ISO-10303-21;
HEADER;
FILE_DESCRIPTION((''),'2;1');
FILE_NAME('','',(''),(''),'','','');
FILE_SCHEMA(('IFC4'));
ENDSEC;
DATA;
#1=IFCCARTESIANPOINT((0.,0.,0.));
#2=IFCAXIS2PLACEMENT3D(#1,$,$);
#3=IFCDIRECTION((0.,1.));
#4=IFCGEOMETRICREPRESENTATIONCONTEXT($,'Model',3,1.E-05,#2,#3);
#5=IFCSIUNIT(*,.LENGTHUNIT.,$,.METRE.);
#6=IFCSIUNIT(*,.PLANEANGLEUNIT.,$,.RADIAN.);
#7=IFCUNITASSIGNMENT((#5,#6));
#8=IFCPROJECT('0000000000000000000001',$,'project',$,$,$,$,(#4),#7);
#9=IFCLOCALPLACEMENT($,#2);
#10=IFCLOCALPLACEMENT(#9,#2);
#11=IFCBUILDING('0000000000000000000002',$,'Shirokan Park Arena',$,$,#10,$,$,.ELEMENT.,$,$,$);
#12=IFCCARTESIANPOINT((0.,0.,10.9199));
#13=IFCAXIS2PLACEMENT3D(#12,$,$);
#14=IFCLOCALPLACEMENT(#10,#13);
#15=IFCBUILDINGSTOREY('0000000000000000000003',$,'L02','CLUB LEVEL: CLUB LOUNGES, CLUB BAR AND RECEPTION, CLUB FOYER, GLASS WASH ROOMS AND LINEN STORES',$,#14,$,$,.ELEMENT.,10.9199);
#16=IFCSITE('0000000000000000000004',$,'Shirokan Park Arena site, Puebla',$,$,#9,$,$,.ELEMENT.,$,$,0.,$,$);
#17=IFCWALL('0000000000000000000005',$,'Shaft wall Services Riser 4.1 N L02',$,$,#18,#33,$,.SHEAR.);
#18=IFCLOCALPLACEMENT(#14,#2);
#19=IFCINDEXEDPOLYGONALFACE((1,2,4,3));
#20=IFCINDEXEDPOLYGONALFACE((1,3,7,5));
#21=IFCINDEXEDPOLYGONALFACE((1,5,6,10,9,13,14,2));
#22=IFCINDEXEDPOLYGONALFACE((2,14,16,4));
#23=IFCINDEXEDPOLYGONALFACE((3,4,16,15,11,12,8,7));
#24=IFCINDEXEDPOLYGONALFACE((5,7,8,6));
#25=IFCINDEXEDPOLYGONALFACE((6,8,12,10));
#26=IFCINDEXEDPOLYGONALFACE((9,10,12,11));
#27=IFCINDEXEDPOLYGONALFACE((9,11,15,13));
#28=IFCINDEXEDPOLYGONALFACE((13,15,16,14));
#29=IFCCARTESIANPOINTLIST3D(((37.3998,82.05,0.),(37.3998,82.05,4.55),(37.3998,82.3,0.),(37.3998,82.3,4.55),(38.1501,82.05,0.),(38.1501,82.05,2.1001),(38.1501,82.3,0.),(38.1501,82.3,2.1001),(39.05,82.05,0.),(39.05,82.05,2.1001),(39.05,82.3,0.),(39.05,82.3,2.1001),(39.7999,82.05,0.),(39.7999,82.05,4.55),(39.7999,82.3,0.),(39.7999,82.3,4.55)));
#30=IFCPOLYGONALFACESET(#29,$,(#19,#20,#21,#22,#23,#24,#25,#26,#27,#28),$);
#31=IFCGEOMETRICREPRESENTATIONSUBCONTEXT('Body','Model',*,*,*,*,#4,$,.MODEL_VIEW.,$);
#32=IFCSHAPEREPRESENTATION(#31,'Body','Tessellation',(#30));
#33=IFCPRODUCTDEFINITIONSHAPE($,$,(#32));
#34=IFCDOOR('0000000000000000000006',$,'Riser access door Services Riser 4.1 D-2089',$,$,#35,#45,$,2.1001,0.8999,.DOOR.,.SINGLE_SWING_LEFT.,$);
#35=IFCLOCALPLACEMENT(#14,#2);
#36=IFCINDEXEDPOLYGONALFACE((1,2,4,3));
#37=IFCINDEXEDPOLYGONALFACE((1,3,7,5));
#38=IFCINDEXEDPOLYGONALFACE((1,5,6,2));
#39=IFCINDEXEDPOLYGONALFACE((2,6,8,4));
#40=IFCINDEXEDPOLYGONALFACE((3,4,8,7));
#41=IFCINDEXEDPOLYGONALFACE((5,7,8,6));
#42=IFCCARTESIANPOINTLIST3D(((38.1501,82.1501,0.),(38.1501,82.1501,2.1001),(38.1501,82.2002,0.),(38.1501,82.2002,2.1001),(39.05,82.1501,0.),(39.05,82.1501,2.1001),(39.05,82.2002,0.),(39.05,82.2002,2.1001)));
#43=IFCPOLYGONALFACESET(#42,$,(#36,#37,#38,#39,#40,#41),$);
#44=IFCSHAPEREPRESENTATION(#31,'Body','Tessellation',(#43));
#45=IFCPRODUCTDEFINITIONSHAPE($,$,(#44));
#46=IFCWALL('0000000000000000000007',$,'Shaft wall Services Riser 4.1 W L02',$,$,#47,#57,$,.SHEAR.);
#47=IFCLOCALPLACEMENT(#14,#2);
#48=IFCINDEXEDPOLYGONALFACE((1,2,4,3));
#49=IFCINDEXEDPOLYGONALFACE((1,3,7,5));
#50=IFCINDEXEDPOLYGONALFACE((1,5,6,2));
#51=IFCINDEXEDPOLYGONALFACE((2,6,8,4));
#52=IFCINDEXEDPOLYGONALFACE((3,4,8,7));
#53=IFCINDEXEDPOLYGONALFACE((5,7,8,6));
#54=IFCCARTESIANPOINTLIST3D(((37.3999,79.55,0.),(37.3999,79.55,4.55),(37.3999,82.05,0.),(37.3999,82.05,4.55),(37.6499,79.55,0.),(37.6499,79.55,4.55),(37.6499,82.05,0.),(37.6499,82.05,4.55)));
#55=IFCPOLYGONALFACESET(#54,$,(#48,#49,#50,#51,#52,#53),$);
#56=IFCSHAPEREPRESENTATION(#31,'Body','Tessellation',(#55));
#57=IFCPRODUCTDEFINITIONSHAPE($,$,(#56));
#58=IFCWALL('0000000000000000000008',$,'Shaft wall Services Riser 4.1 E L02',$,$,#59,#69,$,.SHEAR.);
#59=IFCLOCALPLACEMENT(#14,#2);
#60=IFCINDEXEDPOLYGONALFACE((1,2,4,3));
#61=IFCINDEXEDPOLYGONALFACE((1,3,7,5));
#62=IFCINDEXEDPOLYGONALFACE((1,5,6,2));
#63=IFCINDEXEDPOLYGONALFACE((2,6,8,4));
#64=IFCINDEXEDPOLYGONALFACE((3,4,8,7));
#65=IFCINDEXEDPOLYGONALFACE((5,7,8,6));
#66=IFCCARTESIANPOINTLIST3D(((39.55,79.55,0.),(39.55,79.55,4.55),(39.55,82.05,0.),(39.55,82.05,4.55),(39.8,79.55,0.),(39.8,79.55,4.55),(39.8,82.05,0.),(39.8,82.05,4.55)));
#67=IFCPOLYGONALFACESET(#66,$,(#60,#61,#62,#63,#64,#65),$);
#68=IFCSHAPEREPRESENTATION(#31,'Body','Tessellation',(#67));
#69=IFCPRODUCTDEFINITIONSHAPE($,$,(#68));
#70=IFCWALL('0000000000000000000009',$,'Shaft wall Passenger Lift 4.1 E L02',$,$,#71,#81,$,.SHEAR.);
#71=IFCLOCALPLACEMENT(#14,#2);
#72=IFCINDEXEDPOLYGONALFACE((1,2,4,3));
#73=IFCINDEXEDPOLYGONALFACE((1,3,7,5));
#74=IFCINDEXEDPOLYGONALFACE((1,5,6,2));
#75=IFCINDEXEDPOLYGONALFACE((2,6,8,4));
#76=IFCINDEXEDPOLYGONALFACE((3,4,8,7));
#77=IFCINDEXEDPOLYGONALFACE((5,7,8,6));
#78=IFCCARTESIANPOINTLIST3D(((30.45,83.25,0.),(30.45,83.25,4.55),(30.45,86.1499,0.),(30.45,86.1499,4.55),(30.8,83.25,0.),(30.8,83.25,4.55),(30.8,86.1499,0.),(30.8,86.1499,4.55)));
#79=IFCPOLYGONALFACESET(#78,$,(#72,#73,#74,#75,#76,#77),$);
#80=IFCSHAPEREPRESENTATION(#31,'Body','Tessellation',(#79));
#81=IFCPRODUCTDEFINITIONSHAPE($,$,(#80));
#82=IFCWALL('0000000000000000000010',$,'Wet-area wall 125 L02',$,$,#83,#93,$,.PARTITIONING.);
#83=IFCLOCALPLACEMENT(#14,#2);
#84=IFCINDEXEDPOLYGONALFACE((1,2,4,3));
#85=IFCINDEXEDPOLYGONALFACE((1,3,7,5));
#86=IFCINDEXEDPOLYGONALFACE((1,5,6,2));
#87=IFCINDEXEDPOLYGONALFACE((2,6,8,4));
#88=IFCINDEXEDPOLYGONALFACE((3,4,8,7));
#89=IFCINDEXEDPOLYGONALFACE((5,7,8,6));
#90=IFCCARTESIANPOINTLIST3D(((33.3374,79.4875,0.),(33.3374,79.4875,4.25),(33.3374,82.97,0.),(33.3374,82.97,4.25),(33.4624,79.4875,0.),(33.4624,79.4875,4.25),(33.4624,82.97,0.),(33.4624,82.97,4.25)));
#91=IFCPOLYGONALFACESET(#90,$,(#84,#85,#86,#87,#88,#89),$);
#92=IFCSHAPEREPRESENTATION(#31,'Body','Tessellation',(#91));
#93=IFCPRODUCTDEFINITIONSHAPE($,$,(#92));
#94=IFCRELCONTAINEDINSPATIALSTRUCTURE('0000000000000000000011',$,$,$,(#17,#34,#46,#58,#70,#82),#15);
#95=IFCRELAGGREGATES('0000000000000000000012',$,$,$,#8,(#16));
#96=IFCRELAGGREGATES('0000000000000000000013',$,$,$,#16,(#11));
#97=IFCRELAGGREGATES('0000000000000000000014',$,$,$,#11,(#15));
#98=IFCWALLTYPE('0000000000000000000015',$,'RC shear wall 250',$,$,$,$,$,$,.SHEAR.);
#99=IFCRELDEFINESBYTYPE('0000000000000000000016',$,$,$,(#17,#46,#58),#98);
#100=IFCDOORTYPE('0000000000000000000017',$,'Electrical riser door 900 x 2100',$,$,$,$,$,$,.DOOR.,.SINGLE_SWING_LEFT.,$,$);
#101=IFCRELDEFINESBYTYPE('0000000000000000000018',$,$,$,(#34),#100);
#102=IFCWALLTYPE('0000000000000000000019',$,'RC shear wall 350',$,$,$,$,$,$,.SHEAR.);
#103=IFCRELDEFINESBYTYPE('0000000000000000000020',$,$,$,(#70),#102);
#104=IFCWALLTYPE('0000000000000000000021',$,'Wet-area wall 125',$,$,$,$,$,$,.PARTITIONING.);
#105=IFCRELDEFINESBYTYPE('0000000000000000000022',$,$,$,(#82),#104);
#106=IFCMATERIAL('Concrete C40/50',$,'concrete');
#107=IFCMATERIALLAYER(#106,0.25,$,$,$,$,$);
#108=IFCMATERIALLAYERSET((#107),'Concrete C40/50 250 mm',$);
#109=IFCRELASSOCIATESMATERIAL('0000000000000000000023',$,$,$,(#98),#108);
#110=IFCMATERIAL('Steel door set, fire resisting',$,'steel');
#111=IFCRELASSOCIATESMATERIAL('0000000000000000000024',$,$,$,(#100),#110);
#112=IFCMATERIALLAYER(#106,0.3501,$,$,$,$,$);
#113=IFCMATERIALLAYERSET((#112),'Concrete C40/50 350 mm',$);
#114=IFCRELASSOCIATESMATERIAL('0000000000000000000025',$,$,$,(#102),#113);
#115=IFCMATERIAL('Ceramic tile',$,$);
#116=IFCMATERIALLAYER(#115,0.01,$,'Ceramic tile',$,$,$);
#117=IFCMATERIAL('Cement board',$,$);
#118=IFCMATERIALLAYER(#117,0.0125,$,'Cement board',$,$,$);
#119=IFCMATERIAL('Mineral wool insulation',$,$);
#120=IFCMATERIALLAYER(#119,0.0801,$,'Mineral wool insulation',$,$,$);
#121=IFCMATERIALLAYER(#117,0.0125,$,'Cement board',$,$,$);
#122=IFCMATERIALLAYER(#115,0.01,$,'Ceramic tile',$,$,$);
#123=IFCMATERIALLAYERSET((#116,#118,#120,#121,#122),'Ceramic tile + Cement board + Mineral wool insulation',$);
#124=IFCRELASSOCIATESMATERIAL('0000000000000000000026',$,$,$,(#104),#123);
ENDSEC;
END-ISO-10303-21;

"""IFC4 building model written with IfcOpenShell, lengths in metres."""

from ifc_helpers import new_model, si_unit, direction, frame, frame_2d, origin, place, context, subcontext, project, spatial, rectangle, extrude, material, layer, layer_set, type_object, element, fill, save


model = new_model("IFC4")

# Units and contexts
model_context = context("Model", 3, precision=1e-05, world=origin(), true_north=direction((0.0, 1.0)))
body_context = subcontext(model_context, "Body", "Model", "MODEL_VIEW")
ifc_project = project(units=[si_unit("LENGTHUNIT", "METRE"), si_unit("PLANEANGLEUNIT", "RADIAN")], contexts=[model_context])

# Site, building, storey
site_placement = place(None, origin())
site = spatial("IfcSite", under=ifc_project, at=site_placement, Name="Shirokan Park Arena site, Puebla", CompositionType="ELEMENT", RefElevation=0.0)
building_placement = place(site_placement, origin())
building = spatial("IfcBuilding", under=site, at=building_placement, Name="Shirokan Park Arena", CompositionType="ELEMENT")
storey_placement = place(building_placement, frame((0.0, 0.0, 10.9199)))
storey = spatial("IfcBuildingStorey", under=building, at=storey_placement, Name="L02", Description="CLUB LEVEL: CLUB LOUNGES, CLUB BAR AND RECEPTION, CLUB FOYER, GLASS WASH ROOMS AND LINEN STORES", CompositionType="ELEMENT", Elevation=10.9199)

# Shared definitions
ifc_material_1 = material(Name="Concrete C40/50", Category="concrete")
ifc_layer_1 = layer(ifc_material_1, 0.25)
ifc_layer_set_1 = layer_set([ifc_layer_1], Name="Concrete C40/50 250 mm")
wall_type_1 = type_object("IfcWallType", Name="RC shear wall 250", PredefinedType="SHEAR", material=ifc_layer_set_1)

# Wall, opening, door
wall_1_placement = place(storey_placement, frame((39.8, 82.175, 0.0), z_axis=(0.0, 0.0, 1.0), x_axis=(-1.0, 0.0, 0.0)))
wall_1 = element("IfcWall", 1, at=wall_1_placement, inside=storey, type_object=wall_type_1, Name="Shaft wall Services Riser 4.1 N L02", PredefinedType="SHEAR", context=body_context, shape_type="SweptSolid", body=[
    extrude(rectangle(XDim=2.4001, YDim=0.25, at=frame_2d((1.2002, 0.0))), origin(), (0.0, 0.0, 1.0), 4.55),
])
opening_1_placement = place(wall_1_placement, frame((0.75, 0.0, 0.0)))
opening_1 = element("IfcOpeningElement", 2, at=opening_1_placement, cuts=wall_1, PredefinedType="OPENING", context=body_context, shape_type="SweptSolid", body=[
    extrude(rectangle(XDim=0.8999, YDim=2.1001, at=frame_2d((0.45, 1.05))), frame((0.0, 0.135, 0.0), z_axis=(0.0, -1.0, 0.0), x_axis=(1.0, 0.0, 0.0)), (0.0, 0.0, 1.0), 0.27),
])
ifc_material_2 = material(Name="Steel door set, fire resisting", Category="steel")
door_type_1 = type_object("IfcDoorType", Name="Electrical riser door 900 x 2100", OperationType="SINGLE_SWING_LEFT", PredefinedType="DOOR", material=ifc_material_2)
door_1_placement = place(opening_1_placement, origin())
door_1 = element("IfcDoor", 3, at=door_1_placement, inside=storey, type_object=door_type_1, Name="Riser access door Services Riser 4.1 D-2089", OperationType="SINGLE_SWING_LEFT", OverallHeight=2.1001, OverallWidth=0.8999, PredefinedType="DOOR", context=body_context, shape_type="SweptSolid", body=[
    extrude(rectangle(XDim=0.8999, YDim=2.1001, at=frame_2d((0.45, 1.05))), frame((0.0, 0.0249, 0.0), z_axis=(0.0, -1.0, 0.0), x_axis=(1.0, 0.0, 0.0)), (0.0, 0.0, 1.0), 0.05),
])
fill(opening_1, door_1)

# Walls
for number, where, z_axis, x_axis, name in (
    (4, (37.5249, 82.05, 0.0), (0.0, 0.0, 1.0), (0.0, -1.0, 0.0), "Shaft wall Services Riser 4.1 W L02"),
    (5, (39.675, 82.05, 0.0), (0.0, 0.0, 1.0), (0.0, -1.0, 0.0), "Shaft wall Services Riser 4.1 E L02"),
):
    element("IfcWall", number, at=place(storey_placement, frame(where, z_axis=z_axis, x_axis=x_axis)), inside=storey, type_object=wall_type_1, Name=name, PredefinedType="SHEAR", context=body_context, shape_type="SweptSolid", body=[
        extrude(rectangle(XDim=2.5, YDim=0.25, at=frame_2d((1.25, 0.0))), origin(), (0.0, 0.0, 1.0), 4.55),
    ])
ifc_layer_2 = layer(ifc_material_1, 0.3501)
ifc_layer_set_2 = layer_set([ifc_layer_2], Name="Concrete C40/50 350 mm")
wall_type_2 = type_object("IfcWallType", Name="RC shear wall 350", PredefinedType="SHEAR", material=ifc_layer_set_2)
wall_2_placement = place(storey_placement, frame((30.625, 86.1499, 0.0), z_axis=(0.0, 0.0, 1.0), x_axis=(0.0, -1.0, 0.0)))
element("IfcWall", 6, at=wall_2_placement, inside=storey, type_object=wall_type_2, Name="Shaft wall Passenger Lift 4.1 E L02", PredefinedType="SHEAR", context=body_context, shape_type="SweptSolid", body=[
    extrude(rectangle(XDim=2.8999, YDim=0.3501, at=frame_2d((1.45, 0.0))), origin(), (0.0, 0.0, 1.0), 4.55),
])
ifc_material_3 = material(Name="Ceramic tile")
ifc_layer_3 = layer(ifc_material_3, 0.01, Name="Ceramic tile")
ifc_material_4 = material(Name="Cement board")
ifc_layer_4 = layer(ifc_material_4, 0.0125, Name="Cement board")
ifc_material_5 = material(Name="Mineral wool insulation")
ifc_layer_5 = layer(ifc_material_5, 0.0801, Name="Mineral wool insulation")
ifc_layer_6 = layer(ifc_material_4, 0.0125, Name="Cement board")
ifc_layer_7 = layer(ifc_material_3, 0.01, Name="Ceramic tile")
ifc_layer_set_3 = layer_set([ifc_layer_3, ifc_layer_4, ifc_layer_5, ifc_layer_6, ifc_layer_7], Name="Ceramic tile + Cement board + Mineral wool insulation")
wall_type_3 = type_object("IfcWallType", Name="Wet-area wall 125", PredefinedType="PARTITIONING", material=ifc_layer_set_3)
wall_3_placement = place(storey_placement, frame((33.3999, 82.97, 0.0), z_axis=(0.0, 0.0, 1.0), x_axis=(0.0, -1.0, 0.0)))
element("IfcWall", 7, at=wall_3_placement, inside=storey, type_object=wall_type_3, Name="Wet-area wall 125 L02", PredefinedType="PARTITIONING", context=body_context, shape_type="SweptSolid", body=[
    extrude(rectangle(XDim=3.4824, YDim=0.125, at=frame_2d((1.7412, 0.0))), origin(), (0.0, 0.0, 1.0), 4.25),
])

save(model, "model.ifc")
